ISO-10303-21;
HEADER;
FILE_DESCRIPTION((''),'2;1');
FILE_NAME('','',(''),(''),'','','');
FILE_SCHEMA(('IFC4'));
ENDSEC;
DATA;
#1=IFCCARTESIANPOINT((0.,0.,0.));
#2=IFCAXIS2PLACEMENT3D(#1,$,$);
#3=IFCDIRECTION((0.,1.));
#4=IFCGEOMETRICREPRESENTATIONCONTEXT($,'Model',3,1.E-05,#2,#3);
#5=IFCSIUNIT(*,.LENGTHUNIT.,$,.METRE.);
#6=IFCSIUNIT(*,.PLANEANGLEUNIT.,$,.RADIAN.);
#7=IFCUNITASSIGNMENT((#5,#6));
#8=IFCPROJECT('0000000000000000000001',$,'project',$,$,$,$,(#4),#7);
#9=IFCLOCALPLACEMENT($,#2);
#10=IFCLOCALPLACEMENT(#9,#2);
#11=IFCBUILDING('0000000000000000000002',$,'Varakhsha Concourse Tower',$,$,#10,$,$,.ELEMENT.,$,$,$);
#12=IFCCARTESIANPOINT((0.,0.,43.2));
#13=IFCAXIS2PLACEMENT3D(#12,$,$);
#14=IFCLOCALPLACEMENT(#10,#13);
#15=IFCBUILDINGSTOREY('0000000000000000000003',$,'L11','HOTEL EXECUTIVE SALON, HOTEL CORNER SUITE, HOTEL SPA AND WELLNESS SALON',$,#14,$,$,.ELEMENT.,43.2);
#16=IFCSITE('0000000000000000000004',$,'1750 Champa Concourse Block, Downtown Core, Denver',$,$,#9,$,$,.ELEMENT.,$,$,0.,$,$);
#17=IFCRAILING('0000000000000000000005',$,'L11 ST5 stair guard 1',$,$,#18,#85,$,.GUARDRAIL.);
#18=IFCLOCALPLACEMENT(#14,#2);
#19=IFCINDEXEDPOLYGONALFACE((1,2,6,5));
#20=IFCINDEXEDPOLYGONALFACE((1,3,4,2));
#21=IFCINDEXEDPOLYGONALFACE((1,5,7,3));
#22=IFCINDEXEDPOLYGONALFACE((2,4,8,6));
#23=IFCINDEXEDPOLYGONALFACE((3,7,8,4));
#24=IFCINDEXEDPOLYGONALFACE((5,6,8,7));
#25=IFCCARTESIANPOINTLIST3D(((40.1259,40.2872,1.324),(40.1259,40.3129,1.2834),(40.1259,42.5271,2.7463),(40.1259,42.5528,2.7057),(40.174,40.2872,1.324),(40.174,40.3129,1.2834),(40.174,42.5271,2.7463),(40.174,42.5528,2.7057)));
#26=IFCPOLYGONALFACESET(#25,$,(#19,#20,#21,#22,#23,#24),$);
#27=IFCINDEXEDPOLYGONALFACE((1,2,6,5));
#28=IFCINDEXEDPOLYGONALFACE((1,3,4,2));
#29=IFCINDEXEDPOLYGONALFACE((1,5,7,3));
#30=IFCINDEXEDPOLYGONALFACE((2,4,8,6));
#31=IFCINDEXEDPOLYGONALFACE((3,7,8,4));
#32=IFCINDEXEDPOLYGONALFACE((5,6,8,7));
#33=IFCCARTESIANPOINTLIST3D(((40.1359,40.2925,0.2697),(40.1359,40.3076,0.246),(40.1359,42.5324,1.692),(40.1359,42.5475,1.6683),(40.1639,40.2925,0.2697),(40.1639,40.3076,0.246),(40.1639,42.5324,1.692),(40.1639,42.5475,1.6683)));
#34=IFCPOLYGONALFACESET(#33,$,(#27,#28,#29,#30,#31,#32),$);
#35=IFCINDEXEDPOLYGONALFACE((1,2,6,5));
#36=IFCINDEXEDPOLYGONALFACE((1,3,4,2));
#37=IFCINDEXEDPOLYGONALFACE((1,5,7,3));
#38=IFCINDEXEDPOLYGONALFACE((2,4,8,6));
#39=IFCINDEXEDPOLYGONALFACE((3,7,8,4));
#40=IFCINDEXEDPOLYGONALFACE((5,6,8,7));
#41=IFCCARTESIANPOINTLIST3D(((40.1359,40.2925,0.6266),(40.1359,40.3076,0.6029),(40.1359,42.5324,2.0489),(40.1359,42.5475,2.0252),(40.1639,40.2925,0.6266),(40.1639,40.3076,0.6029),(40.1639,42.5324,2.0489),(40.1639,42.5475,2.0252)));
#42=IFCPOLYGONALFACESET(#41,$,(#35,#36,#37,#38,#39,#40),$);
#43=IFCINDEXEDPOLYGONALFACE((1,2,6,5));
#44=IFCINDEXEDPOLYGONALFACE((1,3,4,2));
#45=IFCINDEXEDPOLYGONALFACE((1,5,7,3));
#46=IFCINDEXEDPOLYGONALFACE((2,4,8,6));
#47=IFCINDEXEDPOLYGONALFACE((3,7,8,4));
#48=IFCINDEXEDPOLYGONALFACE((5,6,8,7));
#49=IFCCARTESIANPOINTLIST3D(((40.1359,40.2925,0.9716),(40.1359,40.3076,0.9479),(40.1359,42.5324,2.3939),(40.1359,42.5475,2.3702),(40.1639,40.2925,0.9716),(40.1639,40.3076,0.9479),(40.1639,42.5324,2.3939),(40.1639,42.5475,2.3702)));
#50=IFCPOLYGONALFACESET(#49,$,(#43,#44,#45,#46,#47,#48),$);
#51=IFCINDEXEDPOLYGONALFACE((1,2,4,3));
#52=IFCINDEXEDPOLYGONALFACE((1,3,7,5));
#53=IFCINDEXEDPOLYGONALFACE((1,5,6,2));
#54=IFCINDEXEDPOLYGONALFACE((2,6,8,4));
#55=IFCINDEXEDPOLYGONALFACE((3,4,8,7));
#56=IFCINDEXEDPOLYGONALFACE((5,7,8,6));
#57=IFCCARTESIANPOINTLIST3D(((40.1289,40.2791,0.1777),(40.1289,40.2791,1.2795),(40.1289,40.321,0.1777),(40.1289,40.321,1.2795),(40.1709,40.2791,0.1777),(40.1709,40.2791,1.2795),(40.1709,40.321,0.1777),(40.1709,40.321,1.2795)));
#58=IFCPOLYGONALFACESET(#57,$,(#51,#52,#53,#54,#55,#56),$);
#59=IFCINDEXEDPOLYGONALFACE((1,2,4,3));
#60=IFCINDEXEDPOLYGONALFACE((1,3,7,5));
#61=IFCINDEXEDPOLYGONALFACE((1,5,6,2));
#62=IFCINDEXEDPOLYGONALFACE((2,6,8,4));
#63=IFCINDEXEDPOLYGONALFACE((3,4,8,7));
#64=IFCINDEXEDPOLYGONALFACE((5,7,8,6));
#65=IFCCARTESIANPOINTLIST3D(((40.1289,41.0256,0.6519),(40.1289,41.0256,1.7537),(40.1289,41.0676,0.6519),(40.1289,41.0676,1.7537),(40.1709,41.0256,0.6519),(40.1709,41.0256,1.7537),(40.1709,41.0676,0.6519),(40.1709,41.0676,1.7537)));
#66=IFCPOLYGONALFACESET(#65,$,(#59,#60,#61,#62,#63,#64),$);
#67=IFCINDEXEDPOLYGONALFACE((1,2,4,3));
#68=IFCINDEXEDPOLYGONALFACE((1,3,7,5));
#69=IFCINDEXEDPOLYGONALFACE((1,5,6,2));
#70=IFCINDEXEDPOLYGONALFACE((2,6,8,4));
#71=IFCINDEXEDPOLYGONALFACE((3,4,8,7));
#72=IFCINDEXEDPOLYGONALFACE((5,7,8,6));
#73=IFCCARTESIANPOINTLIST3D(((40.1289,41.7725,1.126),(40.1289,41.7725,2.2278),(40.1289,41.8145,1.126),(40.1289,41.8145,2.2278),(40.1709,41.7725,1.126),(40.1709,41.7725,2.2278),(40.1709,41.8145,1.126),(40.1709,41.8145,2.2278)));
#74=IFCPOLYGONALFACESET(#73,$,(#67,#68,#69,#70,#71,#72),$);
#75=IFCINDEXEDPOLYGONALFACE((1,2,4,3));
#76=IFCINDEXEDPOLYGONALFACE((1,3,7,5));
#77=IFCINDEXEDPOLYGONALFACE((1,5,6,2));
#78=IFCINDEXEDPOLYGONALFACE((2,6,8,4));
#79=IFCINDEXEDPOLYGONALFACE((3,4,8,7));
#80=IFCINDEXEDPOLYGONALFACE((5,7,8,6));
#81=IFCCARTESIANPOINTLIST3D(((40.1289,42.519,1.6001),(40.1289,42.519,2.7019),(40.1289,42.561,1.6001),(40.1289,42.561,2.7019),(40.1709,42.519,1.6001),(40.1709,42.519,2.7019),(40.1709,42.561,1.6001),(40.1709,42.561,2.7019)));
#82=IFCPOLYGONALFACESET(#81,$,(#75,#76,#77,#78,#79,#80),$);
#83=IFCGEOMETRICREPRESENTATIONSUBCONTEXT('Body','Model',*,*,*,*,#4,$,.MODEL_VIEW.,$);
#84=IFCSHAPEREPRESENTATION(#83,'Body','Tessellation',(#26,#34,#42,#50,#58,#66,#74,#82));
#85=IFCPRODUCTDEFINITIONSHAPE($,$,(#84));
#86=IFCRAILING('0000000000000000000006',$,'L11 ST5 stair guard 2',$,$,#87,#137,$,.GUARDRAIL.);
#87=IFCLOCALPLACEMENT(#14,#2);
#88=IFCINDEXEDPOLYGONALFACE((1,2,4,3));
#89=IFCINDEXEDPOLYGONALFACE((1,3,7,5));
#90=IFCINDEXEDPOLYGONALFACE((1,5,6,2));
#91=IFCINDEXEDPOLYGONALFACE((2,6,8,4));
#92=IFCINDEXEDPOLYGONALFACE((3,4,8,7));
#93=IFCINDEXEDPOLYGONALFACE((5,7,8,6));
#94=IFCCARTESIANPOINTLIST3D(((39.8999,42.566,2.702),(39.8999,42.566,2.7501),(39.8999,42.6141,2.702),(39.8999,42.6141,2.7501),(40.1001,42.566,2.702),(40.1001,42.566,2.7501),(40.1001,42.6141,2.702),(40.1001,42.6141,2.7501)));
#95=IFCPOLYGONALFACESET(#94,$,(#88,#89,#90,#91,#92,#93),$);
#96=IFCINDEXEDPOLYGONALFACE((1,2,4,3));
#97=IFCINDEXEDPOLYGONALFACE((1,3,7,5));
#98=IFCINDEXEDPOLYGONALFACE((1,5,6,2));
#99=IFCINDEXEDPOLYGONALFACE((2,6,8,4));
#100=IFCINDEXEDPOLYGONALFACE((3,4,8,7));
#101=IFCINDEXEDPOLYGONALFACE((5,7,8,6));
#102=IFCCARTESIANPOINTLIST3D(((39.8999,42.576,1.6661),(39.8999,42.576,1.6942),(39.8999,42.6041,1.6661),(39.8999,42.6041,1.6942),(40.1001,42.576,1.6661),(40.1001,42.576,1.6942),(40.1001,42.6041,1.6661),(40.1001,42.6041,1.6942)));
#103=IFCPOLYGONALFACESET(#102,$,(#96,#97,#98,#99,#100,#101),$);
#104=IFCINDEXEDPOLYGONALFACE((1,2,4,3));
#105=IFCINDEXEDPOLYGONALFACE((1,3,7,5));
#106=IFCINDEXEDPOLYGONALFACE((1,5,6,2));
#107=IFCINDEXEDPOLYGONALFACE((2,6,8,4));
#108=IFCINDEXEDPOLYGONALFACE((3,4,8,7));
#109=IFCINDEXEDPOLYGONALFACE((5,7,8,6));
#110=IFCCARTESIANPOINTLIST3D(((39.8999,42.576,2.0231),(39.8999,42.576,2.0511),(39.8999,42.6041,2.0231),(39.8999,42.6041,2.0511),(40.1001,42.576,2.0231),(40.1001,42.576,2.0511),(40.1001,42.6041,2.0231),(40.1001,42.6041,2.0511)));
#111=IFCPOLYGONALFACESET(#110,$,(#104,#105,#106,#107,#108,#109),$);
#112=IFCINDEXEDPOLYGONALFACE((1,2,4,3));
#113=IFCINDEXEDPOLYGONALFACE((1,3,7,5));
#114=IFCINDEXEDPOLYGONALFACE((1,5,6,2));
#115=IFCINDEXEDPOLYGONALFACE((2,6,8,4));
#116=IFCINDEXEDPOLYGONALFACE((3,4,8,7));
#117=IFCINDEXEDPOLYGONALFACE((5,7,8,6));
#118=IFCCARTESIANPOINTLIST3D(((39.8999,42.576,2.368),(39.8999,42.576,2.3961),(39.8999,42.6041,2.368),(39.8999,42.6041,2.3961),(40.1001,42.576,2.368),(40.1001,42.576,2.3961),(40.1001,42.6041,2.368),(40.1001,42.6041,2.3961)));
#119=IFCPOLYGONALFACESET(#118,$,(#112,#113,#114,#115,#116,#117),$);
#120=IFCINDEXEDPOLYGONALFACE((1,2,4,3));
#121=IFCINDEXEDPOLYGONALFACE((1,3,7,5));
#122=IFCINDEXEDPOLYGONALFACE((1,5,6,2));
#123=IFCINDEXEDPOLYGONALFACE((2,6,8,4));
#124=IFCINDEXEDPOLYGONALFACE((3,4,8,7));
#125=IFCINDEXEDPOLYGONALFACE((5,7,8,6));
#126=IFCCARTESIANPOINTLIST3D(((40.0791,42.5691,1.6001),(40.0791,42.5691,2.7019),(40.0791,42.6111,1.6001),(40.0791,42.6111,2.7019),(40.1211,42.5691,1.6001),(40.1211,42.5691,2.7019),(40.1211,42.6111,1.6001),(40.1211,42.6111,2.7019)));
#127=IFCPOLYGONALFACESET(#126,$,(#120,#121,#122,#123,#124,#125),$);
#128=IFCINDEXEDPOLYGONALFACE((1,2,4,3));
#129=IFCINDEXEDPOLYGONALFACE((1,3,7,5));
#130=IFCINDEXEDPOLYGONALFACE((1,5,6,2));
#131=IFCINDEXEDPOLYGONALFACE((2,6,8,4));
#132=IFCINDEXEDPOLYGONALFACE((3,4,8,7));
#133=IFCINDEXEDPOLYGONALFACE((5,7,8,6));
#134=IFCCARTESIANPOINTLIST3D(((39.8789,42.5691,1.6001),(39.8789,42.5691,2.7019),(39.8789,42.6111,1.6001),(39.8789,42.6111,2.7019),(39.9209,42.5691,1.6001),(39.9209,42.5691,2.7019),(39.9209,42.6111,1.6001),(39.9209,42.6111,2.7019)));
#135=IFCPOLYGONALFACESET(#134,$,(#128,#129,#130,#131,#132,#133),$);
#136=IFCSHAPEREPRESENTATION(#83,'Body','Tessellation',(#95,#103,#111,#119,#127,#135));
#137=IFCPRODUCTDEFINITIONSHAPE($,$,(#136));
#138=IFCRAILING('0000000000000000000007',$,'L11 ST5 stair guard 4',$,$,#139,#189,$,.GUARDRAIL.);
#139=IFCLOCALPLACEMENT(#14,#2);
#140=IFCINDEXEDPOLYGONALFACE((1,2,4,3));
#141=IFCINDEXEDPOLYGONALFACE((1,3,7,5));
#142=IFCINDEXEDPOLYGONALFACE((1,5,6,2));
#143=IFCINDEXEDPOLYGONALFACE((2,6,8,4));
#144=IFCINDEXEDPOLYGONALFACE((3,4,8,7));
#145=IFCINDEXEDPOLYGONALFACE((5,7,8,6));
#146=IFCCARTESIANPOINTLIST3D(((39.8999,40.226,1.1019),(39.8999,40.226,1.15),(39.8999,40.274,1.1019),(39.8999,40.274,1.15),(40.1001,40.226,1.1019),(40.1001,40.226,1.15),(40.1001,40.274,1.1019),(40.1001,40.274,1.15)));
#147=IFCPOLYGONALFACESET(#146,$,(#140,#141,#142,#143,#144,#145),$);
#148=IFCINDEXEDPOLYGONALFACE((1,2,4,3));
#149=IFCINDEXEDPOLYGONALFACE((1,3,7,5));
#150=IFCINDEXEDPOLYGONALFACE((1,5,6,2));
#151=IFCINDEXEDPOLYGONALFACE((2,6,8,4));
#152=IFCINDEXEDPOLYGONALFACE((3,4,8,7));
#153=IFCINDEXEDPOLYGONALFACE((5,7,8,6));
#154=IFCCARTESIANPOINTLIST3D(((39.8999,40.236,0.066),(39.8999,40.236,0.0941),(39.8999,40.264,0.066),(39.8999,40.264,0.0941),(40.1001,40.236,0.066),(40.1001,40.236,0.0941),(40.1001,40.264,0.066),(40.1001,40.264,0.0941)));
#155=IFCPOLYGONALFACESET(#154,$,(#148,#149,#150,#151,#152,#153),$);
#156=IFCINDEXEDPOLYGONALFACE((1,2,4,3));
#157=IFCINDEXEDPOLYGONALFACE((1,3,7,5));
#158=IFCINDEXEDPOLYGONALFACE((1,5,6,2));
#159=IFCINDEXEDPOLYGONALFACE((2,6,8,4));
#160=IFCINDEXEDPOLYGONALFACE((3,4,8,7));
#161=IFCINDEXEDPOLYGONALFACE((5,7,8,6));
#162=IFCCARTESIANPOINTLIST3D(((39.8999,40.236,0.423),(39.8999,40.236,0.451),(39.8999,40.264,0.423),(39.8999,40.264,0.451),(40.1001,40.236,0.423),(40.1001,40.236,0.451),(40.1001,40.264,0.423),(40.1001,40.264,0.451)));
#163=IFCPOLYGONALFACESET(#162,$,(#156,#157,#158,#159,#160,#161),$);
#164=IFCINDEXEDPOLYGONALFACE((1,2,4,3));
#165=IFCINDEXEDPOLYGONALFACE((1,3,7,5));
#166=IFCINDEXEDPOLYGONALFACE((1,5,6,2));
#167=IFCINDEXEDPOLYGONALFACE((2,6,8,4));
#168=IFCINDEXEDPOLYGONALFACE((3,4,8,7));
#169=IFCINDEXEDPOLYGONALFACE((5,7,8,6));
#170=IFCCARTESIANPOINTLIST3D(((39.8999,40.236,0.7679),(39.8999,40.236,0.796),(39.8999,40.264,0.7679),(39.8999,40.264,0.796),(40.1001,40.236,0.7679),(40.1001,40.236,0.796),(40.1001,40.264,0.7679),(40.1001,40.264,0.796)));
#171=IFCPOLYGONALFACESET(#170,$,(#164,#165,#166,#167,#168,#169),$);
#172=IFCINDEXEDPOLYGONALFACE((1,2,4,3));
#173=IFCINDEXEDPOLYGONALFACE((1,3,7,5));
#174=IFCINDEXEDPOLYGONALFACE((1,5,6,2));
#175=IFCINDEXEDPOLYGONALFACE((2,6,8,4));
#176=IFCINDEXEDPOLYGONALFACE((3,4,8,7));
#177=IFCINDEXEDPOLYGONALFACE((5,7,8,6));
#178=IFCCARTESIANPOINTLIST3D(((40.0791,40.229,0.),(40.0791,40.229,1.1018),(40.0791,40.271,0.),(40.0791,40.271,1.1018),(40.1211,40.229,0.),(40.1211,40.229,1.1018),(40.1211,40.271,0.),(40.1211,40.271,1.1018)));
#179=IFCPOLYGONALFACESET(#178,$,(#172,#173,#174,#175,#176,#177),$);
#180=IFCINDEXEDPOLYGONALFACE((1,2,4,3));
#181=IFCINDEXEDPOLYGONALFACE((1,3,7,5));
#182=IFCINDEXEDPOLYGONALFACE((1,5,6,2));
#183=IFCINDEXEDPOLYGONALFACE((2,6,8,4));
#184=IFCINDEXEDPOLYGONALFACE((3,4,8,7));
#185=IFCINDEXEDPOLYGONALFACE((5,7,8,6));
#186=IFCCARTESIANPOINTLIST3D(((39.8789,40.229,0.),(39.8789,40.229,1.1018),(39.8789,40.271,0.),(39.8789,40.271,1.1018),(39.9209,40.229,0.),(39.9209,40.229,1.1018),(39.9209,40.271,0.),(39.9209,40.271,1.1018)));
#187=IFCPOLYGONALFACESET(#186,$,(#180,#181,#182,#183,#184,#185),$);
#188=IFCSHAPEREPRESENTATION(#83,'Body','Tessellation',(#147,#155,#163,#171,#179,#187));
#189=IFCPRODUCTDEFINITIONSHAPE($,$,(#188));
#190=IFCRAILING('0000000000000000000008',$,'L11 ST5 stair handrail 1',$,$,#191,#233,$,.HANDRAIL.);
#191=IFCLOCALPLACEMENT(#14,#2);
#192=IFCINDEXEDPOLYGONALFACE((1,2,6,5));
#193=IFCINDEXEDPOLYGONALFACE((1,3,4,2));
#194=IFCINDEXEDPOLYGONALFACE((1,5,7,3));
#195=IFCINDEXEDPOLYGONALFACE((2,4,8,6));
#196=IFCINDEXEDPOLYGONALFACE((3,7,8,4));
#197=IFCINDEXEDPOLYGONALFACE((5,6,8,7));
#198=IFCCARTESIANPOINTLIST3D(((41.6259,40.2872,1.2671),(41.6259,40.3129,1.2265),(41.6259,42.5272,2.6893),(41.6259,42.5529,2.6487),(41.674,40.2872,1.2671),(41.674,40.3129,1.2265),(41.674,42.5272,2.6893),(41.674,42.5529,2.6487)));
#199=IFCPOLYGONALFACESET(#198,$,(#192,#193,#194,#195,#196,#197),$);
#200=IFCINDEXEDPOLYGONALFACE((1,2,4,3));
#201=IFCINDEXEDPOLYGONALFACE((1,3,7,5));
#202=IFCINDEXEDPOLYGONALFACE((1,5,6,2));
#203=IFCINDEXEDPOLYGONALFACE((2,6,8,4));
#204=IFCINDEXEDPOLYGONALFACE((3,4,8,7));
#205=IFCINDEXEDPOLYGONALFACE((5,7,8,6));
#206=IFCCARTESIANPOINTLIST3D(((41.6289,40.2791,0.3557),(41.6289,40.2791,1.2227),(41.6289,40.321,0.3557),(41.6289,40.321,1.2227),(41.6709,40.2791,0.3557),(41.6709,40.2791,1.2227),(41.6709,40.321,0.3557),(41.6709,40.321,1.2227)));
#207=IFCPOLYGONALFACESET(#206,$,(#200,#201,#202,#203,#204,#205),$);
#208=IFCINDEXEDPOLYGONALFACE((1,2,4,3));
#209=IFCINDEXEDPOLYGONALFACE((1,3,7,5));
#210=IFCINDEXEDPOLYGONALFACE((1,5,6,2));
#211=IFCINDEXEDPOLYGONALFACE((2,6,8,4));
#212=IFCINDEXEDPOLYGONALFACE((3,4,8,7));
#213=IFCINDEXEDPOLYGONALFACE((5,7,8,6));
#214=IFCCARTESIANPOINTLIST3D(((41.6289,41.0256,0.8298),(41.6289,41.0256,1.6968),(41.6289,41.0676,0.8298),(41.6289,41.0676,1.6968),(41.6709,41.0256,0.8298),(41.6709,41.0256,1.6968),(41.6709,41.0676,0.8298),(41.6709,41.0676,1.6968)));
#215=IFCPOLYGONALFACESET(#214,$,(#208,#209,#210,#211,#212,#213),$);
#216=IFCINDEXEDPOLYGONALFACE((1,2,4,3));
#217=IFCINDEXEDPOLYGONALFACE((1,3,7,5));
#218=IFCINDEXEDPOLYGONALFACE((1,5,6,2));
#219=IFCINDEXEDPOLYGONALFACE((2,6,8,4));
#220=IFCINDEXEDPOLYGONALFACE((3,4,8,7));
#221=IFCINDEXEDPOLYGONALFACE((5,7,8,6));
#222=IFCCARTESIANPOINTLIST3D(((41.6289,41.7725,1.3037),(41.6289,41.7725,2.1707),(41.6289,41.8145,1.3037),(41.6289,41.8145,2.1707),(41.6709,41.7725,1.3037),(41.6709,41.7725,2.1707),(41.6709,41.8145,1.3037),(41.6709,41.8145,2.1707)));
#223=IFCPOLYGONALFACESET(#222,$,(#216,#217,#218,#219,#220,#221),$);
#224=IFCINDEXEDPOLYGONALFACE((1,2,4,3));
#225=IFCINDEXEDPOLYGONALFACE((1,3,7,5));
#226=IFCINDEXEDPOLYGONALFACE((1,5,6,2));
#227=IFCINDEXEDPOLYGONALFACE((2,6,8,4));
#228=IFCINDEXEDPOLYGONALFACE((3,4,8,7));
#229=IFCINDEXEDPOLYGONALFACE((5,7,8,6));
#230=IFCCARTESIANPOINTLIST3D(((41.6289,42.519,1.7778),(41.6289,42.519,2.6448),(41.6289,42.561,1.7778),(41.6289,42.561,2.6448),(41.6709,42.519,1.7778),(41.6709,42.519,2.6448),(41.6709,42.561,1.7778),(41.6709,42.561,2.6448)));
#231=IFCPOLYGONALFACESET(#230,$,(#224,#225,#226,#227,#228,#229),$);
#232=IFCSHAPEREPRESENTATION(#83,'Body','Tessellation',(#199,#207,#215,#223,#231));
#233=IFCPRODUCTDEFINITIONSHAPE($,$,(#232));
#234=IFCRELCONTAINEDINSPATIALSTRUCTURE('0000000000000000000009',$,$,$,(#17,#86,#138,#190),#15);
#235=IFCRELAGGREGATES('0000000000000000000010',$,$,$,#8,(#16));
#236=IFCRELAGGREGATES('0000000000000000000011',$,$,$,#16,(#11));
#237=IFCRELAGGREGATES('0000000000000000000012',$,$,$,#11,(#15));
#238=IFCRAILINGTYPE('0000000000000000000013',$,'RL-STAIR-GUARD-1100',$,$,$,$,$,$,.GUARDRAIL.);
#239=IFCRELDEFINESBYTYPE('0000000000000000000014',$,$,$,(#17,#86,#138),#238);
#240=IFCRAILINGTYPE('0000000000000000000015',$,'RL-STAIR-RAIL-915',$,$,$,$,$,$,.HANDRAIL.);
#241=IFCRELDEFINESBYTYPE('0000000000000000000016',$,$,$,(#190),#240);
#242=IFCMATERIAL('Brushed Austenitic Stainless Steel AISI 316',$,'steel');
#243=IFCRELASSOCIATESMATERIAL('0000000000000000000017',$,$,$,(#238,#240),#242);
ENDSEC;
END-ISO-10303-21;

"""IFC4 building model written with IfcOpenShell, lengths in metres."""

from ifc_helpers import new_model, si_unit, direction, frame, origin, origin_2d, place, context, subcontext, project, spatial, rectangle, extrude, material, type_object, element, save


model = new_model("IFC4")

# Units and contexts
model_context = context("Model", 3, precision=1e-05, world=origin(), true_north=direction((0.0, 1.0)))
body_context = subcontext(model_context, "Body", "Model", "MODEL_VIEW")
ifc_project = project(units=[si_unit("LENGTHUNIT", "METRE"), si_unit("PLANEANGLEUNIT", "RADIAN")], contexts=[model_context])

# Site, building, storey
site_placement = place(None, origin())
site = spatial("IfcSite", under=ifc_project, at=site_placement, Name="1750 Champa Concourse Block, Downtown Core, Denver", CompositionType="ELEMENT", RefElevation=0.0)
building_placement = place(site_placement, origin())
building = spatial("IfcBuilding", under=site, at=building_placement, Name="Varakhsha Concourse Tower", CompositionType="ELEMENT")
storey_placement = place(building_placement, frame((0.0, 0.0, 43.2)))
storey = spatial("IfcBuildingStorey", under=building, at=storey_placement, Name="L11", Description="HOTEL EXECUTIVE SALON, HOTEL CORNER SUITE, HOTEL SPA AND WELLNESS SALON", CompositionType="ELEMENT", Elevation=43.2)

# Railings
ifc_material_1 = material(Name="Brushed Austenitic Stainless Steel AISI 316", Category="steel")
railing_type_1 = type_object("IfcRailingType", Name="RL-STAIR-GUARD-1100", PredefinedType="GUARDRAIL", material=ifc_material_1)
railing_1_placement = place(storey_placement, frame((40.1499, 40.3, 0.1777)))
element("IfcRailing", 1, at=railing_1_placement, inside=storey, type_object=railing_type_1, Name="L11 ST5 stair guard 1", PredefinedType="GUARDRAIL", context=body_context, shape_type="SweptSolid", body=[
    extrude(rectangle(XDim=0.0481, YDim=0.0481, at=origin_2d()), frame((0.0, 0.0, 1.126), z_axis=(0.0, 0.844188, 0.536048), x_axis=(-1.0, 0.0, 0.0)), (0.0, 0.0, 1.0), 2.6533),
    extrude(rectangle(XDim=0.0281, YDim=0.0281, at=origin_2d()), frame((0.0, 0.0, 0.0801), z_axis=(0.0, 0.844188, 0.536048), x_axis=(-1.0, 0.0, 0.0)), (0.0, 0.0, 1.0), 2.6533),
    extrude(rectangle(XDim=0.0281, YDim=0.0281, at=origin_2d()), frame((0.0, 0.0, 0.437), z_axis=(0.0, 0.844188, 0.536048), x_axis=(-1.0, 0.0, 0.0)), (0.0, 0.0, 1.0), 2.6533),
    extrude(rectangle(XDim=0.0281, YDim=0.0281, at=origin_2d()), frame((0.0, 0.0, 0.782), z_axis=(0.0, 0.844188, 0.536048), x_axis=(-1.0, 0.0, 0.0)), (0.0, 0.0, 1.0), 2.6533),
    extrude(rectangle(XDim=0.042, YDim=0.042, at=origin_2d()), origin(), (0.0, 0.0, 1.0), 1.1018),
    extrude(rectangle(XDim=0.042, YDim=0.042, at=origin_2d()), frame((0.0, 0.7466, 0.4741)), (0.0, 0.0, 1.0), 1.1018),
    extrude(rectangle(XDim=0.042, YDim=0.042, at=origin_2d()), frame((0.0, 1.4934, 0.9482)), (0.0, 0.0, 1.0), 1.1018),
    extrude(rectangle(XDim=0.042, YDim=0.042, at=origin_2d()), frame((0.0, 2.24, 1.4224)), (0.0, 0.0, 1.0), 1.1018),
])
for number, where, name in (
    (2, (40.1001, 42.5901, 1.6001), "L11 ST5 stair guard 2"),
    (3, (40.1001, 40.25, 0.0), "L11 ST5 stair guard 4"),
):
    element("IfcRailing", number, at=place(storey_placement, frame(where)), inside=storey, type_object=railing_type_1, Name=name, PredefinedType="GUARDRAIL", context=body_context, shape_type="SweptSolid", body=[
        extrude(rectangle(XDim=0.0481, YDim=0.0481, at=origin_2d()), frame((0.0, 0.0, 1.126), z_axis=(-1.0, 0.0, 0.0), x_axis=(0.0, -1.0, 0.0)), (0.0, 0.0, 1.0), 0.2002),
        extrude(rectangle(XDim=0.0281, YDim=0.0281, at=origin_2d()), frame((0.0, 0.0, 0.0801), z_axis=(-1.0, 0.0, 0.0), x_axis=(0.0, -1.0, 0.0)), (0.0, 0.0, 1.0), 0.2002),
        extrude(rectangle(XDim=0.0281, YDim=0.0281, at=origin_2d()), frame((0.0, 0.0, 0.437), z_axis=(-1.0, 0.0, 0.0), x_axis=(0.0, -1.0, 0.0)), (0.0, 0.0, 1.0), 0.2002),
        extrude(rectangle(XDim=0.0281, YDim=0.0281, at=origin_2d()), frame((0.0, 0.0, 0.782), z_axis=(-1.0, 0.0, 0.0), x_axis=(0.0, -1.0, 0.0)), (0.0, 0.0, 1.0), 0.2002),
        extrude(rectangle(XDim=0.042, YDim=0.042, at=origin_2d()), origin(), (0.0, 0.0, 1.0), 1.1018),
        extrude(rectangle(XDim=0.042, YDim=0.042, at=origin_2d()), frame((-0.2002, 0.0, 0.0)), (0.0, 0.0, 1.0), 1.1018),
    ])
railing_type_2 = type_object("IfcRailingType", Name="RL-STAIR-RAIL-915", PredefinedType="HANDRAIL", material=ifc_material_1)
railing_2_placement = place(storey_placement, frame((41.6499, 40.3, 0.3557)))
element("IfcRailing", 4, at=railing_2_placement, inside=storey, type_object=railing_type_2, Name="L11 ST5 stair handrail 1", PredefinedType="HANDRAIL", context=body_context, shape_type="SweptSolid", body=[
    extrude(rectangle(XDim=0.0481, YDim=0.0481, at=origin_2d()), frame((0.0, 0.0, 0.8911), z_axis=(0.0, 0.844229, 0.535982), x_axis=(-1.0, 0.0, 0.0)), (0.0, 0.0, 1.0), 2.6533),
    extrude(rectangle(XDim=0.042, YDim=0.042, at=origin_2d()), origin(), (0.0, 0.0, 1.0), 0.8669),
    extrude(rectangle(XDim=0.042, YDim=0.042, at=origin_2d()), frame((0.0, 0.7466, 0.4741)), (0.0, 0.0, 1.0), 0.8669),
    extrude(rectangle(XDim=0.042, YDim=0.042, at=origin_2d()), frame((0.0, 1.4934, 0.948)), (0.0, 0.0, 1.0), 0.8669),
    extrude(rectangle(XDim=0.042, YDim=0.042, at=origin_2d()), frame((0.0, 2.24, 1.4221)), (0.0, 0.0, 1.0), 0.8669),
])

save(model, "model.ifc")
